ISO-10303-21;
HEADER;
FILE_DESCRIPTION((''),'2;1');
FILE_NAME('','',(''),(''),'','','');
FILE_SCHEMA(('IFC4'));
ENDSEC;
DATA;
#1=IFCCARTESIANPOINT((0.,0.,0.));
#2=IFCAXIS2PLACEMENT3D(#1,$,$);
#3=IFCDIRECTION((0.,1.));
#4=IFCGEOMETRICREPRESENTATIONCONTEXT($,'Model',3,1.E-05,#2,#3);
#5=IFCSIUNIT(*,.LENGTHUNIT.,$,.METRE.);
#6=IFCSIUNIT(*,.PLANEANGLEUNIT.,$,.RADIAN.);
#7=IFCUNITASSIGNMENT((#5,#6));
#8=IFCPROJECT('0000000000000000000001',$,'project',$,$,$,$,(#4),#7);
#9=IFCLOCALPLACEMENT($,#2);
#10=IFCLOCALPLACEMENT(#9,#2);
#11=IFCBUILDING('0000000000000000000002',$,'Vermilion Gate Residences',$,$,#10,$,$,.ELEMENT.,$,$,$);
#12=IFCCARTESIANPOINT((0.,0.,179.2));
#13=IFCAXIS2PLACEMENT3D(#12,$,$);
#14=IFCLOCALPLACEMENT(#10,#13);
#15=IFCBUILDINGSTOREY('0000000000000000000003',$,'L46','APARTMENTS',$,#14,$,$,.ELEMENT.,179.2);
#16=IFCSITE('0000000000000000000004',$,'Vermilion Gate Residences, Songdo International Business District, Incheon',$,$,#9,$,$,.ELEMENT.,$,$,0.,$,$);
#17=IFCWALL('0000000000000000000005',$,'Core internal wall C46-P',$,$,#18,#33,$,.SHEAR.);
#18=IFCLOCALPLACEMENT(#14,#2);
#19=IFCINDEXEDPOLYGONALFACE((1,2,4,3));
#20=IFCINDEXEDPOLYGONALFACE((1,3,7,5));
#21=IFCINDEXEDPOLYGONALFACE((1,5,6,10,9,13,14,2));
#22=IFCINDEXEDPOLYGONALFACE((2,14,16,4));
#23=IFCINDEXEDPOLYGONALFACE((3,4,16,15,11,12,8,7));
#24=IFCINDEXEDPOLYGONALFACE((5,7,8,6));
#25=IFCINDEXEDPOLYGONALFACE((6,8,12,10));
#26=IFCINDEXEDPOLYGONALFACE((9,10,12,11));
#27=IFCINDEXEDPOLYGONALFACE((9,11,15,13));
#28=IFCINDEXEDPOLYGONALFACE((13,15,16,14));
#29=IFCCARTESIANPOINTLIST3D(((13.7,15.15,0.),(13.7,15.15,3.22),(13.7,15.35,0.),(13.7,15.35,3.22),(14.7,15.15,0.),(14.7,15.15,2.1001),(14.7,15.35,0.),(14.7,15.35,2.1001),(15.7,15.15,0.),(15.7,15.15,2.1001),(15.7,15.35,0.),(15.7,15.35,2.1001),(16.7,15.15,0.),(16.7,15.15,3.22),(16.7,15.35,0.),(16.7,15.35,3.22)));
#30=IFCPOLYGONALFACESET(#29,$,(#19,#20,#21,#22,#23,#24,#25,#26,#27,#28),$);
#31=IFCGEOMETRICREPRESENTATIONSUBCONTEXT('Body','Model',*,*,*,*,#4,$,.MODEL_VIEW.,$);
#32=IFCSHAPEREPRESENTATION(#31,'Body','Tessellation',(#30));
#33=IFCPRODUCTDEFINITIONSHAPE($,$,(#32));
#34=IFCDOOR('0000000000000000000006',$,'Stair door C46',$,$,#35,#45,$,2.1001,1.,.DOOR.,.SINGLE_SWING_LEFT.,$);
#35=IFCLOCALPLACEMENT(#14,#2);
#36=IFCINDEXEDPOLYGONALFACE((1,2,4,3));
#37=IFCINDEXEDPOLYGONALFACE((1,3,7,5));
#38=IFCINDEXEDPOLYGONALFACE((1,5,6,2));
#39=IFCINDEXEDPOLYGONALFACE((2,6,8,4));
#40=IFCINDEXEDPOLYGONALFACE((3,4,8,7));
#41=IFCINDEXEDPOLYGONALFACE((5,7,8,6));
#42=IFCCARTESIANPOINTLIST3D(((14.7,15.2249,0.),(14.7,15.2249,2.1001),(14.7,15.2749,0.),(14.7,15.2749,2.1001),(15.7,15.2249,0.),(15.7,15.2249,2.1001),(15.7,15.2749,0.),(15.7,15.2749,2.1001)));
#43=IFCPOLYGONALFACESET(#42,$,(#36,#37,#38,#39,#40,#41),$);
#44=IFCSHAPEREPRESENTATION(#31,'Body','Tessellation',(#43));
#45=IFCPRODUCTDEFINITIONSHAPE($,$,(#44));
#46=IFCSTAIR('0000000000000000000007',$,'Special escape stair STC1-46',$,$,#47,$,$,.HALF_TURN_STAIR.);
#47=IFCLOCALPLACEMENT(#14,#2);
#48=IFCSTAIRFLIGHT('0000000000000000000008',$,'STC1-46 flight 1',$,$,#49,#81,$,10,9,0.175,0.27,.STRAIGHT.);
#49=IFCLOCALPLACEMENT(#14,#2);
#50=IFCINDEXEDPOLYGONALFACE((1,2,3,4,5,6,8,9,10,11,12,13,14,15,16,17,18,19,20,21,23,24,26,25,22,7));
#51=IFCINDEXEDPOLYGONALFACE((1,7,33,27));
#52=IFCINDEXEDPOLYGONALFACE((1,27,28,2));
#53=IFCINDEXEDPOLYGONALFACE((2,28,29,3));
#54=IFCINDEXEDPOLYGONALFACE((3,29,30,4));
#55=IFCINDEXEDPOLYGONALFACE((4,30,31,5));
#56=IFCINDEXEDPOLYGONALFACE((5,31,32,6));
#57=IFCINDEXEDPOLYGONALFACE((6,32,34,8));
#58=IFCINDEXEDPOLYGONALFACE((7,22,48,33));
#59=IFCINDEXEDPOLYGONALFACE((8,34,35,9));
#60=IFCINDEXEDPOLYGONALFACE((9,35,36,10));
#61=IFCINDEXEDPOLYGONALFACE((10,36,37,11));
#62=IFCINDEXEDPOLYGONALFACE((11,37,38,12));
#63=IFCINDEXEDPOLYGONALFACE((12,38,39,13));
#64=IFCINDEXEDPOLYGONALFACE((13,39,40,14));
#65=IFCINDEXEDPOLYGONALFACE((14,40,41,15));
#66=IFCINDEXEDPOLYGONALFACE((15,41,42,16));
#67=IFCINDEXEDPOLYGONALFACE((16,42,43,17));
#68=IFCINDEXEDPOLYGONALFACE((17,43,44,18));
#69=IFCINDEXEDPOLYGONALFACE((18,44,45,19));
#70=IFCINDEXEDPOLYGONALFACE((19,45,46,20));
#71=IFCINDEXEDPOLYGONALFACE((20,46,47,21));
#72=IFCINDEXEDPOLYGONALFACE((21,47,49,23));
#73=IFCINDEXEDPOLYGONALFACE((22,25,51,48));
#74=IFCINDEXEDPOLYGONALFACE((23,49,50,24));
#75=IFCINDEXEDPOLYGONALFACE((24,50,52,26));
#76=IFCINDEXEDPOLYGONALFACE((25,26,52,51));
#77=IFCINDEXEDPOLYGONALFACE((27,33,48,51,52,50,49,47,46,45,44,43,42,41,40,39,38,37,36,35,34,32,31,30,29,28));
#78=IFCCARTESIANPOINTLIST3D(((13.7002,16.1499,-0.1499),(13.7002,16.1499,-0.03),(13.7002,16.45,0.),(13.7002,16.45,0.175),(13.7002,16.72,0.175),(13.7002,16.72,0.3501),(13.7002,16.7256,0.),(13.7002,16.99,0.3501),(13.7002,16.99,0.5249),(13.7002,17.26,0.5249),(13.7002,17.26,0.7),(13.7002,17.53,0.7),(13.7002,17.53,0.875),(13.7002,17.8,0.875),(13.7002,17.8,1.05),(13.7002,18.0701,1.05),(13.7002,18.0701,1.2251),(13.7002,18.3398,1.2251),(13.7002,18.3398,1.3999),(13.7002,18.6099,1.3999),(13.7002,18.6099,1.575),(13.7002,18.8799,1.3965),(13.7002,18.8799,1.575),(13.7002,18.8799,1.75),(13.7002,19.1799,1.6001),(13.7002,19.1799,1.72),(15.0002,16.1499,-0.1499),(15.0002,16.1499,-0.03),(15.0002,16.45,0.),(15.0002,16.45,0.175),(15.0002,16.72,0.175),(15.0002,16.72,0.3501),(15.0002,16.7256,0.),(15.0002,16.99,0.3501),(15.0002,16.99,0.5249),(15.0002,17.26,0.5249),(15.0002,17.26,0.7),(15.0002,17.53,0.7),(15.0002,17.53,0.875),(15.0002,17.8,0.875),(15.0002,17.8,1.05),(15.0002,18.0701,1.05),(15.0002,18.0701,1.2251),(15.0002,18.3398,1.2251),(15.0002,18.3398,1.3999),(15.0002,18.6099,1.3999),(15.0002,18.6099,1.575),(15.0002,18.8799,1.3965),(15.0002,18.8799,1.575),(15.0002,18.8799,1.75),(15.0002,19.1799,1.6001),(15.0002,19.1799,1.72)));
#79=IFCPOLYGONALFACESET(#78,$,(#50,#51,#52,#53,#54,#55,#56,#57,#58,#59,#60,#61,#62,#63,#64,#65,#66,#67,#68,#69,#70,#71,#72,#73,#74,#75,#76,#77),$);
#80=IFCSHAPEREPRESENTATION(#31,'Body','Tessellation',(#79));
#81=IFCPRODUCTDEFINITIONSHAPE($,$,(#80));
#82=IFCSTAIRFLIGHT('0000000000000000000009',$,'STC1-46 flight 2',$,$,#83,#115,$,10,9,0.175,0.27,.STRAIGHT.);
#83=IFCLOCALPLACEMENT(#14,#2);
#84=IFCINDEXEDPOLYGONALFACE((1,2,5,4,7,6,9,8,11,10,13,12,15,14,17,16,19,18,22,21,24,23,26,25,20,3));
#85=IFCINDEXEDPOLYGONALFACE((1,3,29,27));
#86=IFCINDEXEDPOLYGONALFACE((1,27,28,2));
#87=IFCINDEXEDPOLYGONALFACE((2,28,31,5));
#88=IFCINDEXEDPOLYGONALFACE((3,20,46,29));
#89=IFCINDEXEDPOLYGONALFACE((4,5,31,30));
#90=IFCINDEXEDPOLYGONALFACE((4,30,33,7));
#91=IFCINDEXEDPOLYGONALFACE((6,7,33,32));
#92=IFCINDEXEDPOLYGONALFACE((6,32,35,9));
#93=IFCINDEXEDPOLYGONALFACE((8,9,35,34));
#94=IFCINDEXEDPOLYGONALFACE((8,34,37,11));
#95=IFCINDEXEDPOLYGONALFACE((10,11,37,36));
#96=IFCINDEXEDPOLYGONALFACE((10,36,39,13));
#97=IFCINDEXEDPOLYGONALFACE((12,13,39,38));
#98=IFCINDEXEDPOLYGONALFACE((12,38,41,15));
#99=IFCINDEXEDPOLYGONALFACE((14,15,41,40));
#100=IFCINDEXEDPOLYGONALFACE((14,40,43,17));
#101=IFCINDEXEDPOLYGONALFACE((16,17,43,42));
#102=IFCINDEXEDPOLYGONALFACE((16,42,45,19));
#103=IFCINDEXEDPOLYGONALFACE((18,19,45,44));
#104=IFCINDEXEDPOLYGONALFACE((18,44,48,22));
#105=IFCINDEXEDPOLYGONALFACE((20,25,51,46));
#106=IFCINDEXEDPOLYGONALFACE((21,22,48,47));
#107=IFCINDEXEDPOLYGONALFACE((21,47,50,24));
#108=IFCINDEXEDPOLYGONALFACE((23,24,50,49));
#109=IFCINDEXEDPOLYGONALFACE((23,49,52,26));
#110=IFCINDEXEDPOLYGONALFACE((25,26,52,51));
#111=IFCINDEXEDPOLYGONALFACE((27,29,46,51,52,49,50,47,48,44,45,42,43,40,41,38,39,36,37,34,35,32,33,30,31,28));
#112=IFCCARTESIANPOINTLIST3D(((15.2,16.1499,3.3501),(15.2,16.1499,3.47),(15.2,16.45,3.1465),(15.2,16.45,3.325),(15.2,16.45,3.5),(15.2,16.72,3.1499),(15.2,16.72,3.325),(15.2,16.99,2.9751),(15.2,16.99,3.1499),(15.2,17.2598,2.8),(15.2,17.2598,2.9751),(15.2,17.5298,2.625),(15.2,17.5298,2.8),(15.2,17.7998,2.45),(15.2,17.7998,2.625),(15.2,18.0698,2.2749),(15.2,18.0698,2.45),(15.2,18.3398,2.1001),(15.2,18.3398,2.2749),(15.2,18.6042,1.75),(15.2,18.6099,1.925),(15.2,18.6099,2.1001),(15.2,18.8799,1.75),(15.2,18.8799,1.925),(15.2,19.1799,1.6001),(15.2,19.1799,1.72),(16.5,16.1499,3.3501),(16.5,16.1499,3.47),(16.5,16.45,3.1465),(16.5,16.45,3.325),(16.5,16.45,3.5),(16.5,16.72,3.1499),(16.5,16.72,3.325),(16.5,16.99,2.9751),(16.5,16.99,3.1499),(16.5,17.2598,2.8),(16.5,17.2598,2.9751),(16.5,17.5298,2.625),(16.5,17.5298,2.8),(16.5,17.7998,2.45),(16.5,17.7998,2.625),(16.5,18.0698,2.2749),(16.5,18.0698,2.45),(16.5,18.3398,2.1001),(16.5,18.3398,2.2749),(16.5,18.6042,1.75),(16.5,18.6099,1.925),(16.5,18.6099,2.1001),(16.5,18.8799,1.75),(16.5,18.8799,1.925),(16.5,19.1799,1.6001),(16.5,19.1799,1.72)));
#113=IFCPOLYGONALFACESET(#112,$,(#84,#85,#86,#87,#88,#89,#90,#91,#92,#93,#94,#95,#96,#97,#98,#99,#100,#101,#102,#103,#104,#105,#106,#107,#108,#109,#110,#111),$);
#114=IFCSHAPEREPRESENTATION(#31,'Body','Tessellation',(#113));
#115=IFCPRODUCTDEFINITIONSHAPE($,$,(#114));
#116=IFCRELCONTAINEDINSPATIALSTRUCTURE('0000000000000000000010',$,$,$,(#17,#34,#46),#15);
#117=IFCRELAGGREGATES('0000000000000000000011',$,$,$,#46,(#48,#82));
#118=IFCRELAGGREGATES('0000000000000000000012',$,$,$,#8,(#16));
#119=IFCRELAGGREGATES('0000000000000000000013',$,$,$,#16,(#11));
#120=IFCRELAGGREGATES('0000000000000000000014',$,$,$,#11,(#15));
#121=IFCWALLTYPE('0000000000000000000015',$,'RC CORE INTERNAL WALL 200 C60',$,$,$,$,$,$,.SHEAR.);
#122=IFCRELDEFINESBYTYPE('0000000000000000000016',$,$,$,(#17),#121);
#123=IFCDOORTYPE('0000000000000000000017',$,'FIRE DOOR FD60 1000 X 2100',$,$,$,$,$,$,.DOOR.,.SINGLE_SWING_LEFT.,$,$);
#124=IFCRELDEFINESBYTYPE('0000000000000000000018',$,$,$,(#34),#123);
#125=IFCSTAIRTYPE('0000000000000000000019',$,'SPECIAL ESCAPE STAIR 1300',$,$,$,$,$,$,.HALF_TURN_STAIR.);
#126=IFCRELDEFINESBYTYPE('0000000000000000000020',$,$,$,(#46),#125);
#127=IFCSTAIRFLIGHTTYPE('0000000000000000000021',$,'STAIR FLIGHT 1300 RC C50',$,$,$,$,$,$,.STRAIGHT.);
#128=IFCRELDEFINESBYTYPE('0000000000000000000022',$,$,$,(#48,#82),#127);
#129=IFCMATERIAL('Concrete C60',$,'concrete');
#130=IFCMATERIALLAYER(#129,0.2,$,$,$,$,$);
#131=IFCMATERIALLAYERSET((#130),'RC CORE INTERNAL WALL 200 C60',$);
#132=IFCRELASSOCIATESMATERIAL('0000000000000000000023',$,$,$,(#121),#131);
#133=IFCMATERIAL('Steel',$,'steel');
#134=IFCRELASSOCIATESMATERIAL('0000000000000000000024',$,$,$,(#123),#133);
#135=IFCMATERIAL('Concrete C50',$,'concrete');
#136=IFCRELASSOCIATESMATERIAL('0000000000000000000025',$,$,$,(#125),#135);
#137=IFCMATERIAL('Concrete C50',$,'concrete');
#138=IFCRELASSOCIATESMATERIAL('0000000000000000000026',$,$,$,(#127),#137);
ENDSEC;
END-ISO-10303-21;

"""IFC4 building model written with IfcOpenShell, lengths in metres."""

from ifc_helpers import new_model, si_unit, direction, frame, frame_2d, origin, place, context, subcontext, project, spatial, polyline, rectangle, outline, extrude, material, layer, layer_set, type_object, element, fill, aggregate, save


model = new_model("IFC4")

# Units and contexts
model_context = context("Model", 3, precision=1e-05, world=origin(), true_north=direction((0.0, 1.0)))
body_context = subcontext(model_context, "Body", "Model", "MODEL_VIEW")
ifc_project = project(units=[si_unit("LENGTHUNIT", "METRE"), si_unit("PLANEANGLEUNIT", "RADIAN")], contexts=[model_context])

# Site, building, storey
site_placement = place(None, origin())
site = spatial("IfcSite", under=ifc_project, at=site_placement, Name="Vermilion Gate Residences, Songdo International Business District, Incheon", CompositionType="ELEMENT", RefElevation=0.0)
building_placement = place(site_placement, origin())
building = spatial("IfcBuilding", under=site, at=building_placement, Name="Vermilion Gate Residences", CompositionType="ELEMENT")
storey_placement = place(building_placement, frame((0.0, 0.0, 179.2)))
storey = spatial("IfcBuildingStorey", under=building, at=storey_placement, Name="L46", Description="APARTMENTS", CompositionType="ELEMENT", Elevation=179.2)

# Wall, opening, door
ifc_material_1 = material(Name="Concrete C60", Category="concrete")
ifc_layer_1 = layer(ifc_material_1, 0.2)
ifc_layer_set_1 = layer_set([ifc_layer_1], Name="RC CORE INTERNAL WALL 200 C60")
wall_type_1 = type_object("IfcWallType", Name="RC CORE INTERNAL WALL 200 C60", PredefinedType="SHEAR", material=ifc_layer_set_1)
ifc_material_2 = material(Name="Steel", Category="steel")
door_type_1 = type_object("IfcDoorType", Name="FIRE DOOR FD60 1000 X 2100", OperationType="SINGLE_SWING_LEFT", PredefinedType="DOOR", material=ifc_material_2)
wall_1_placement = place(storey_placement, frame((13.7, 15.25, 0.0), z_axis=(0.0, 0.0, 1.0), x_axis=(1.0, 0.0, 0.0)))
wall_1 = element("IfcWall", 1, at=wall_1_placement, inside=storey, type_object=wall_type_1, Name="Core internal wall C46-P", PredefinedType="SHEAR", context=body_context, shape_type="SweptSolid", body=[
    extrude(rectangle(XDim=3.0, YDim=0.2, at=frame_2d((1.5, 0.0))), origin(), (0.0, 0.0, 1.0), 3.22),
])
opening_1_placement = place(wall_1_placement, frame((1.0, 0.0, 0.0)))
opening_1 = element("IfcOpeningElement", 2, at=opening_1_placement, cuts=wall_1, PredefinedType="OPENING", context=body_context, shape_type="SweptSolid", body=[
    extrude(rectangle(XDim=1.0, YDim=2.1001, at=frame_2d((0.5, 1.05))), frame((0.0, 0.1099, 0.0), z_axis=(0.0, -1.0, 0.0), x_axis=(1.0, 0.0, 0.0)), (0.0, 0.0, 1.0), 0.22),
])
door_1_placement = place(opening_1_placement, origin())
door_1 = element("IfcDoor", 3, at=door_1_placement, inside=storey, type_object=door_type_1, Name="Stair door C46", OperationType="SINGLE_SWING_LEFT", OverallHeight=2.1001, OverallWidth=1.0, PredefinedType="DOOR", context=body_context, shape_type="SweptSolid", body=[
    extrude(rectangle(XDim=1.0, YDim=2.1001, at=frame_2d((0.5, 1.05))), frame((0.0, 0.0249, 0.0), z_axis=(0.0, -1.0, 0.0), x_axis=(1.0, 0.0, 0.0)), (0.0, 0.0, 1.0), 0.05),
])
fill(opening_1, door_1)

# Stair, stair flights
ifc_material_3 = material(Name="Concrete C50", Category="concrete")
stair_type = type_object("IfcStairType", Name="SPECIAL ESCAPE STAIR 1300", PredefinedType="HALF_TURN_STAIR", material=ifc_material_3)
stair_placement = place(storey_placement, origin())
stair = element("IfcStair", 4, at=stair_placement, inside=storey, type_object=stair_type, Name="Special escape stair STC1-46", PredefinedType="HALF_TURN_STAIR")
ifc_material_4 = material(Name="Concrete C50", Category="concrete")
stair_flight_type = type_object("IfcStairFlightType", Name="STAIR FLIGHT 1300 RC C50", PredefinedType="STRAIGHT", material=ifc_material_4)
stair_flight_1_placement = place(storey_placement, frame((14.3501, 16.45, 0.0), z_axis=(0.0, 0.0, 1.0), x_axis=(0.0, 1.0, 0.0)))
stair_flight_1 = element("IfcStairFlight", 5, at=stair_flight_1_placement, type_object=stair_flight_type, Name="STC1-46 flight 1", NumberOfRisers=10, NumberOfTreads=9, PredefinedType="STRAIGHT", RiserHeight=0.175, TreadLength=0.27, context=body_context, shape_type="SweptSolid", body=[
    extrude(outline(polyline([(-0.3, -0.1499), (-0.3, -0.03), (0.0, 0.0), (0.0, 0.175), (0.27, 0.175), (0.27, 0.3501), (0.54, 0.3501), (0.54, 0.5249), (0.8101, 0.5249), (0.8101, 0.7), (1.0801, 0.7), (1.0801, 0.875), (1.3501, 0.875), (1.3501, 1.05), (1.6201, 1.05), (1.6201, 1.2251), (1.8899, 1.2251), (1.8899, 1.3999), (2.1599, 1.3999), (2.1599, 1.575), (2.4299, 1.575), (2.4299, 1.75), (2.73, 1.72), (2.73, 1.6001), (2.4299, 1.3965), (0.2756, 0.0), (-0.3, -0.1499)])), frame((0.0, 0.6499, 0.0), z_axis=(0.0, -1.0, 0.0), x_axis=(1.0, 0.0, 0.0)), (0.0, 0.0, 1.0), 1.3),
])
stair_flight_2_placement = place(storey_placement, frame((15.8501, 18.8799, 1.75), z_axis=(0.0, 0.0, 1.0), x_axis=(0.0, -1.0, 0.0)))
stair_flight_2 = element("IfcStairFlight", 6, at=stair_flight_2_placement, type_object=stair_flight_type, Name="STC1-46 flight 2", NumberOfRisers=10, NumberOfTreads=9, PredefinedType="STRAIGHT", RiserHeight=0.175, TreadLength=0.27, context=body_context, shape_type="SweptSolid", body=[
    extrude(outline(polyline([(-0.3, -0.1499), (-0.3, -0.03), (0.0, 0.0), (0.0, 0.175), (0.27, 0.175), (0.27, 0.3501), (0.54, 0.3501), (0.54, 0.5249), (0.8101, 0.5249), (0.8101, 0.7), (1.0801, 0.7), (1.0801, 0.875), (1.3501, 0.875), (1.3501, 1.05), (1.6201, 1.05), (1.6201, 1.2251), (1.8899, 1.2251), (1.8899, 1.3999), (2.1599, 1.3999), (2.1599, 1.575), (2.4299, 1.575), (2.4299, 1.75), (2.73, 1.72), (2.73, 1.6001), (2.4299, 1.3965), (0.2756, 0.0), (-0.3, -0.1499)])), frame((0.0, 0.6499, 0.0), z_axis=(0.0, -1.0, 0.0), x_axis=(1.0, 0.0, 0.0)), (0.0, 0.0, 1.0), 1.3),
])
aggregate(stair, [stair_flight_1, stair_flight_2])

save(model, "model.ifc")
